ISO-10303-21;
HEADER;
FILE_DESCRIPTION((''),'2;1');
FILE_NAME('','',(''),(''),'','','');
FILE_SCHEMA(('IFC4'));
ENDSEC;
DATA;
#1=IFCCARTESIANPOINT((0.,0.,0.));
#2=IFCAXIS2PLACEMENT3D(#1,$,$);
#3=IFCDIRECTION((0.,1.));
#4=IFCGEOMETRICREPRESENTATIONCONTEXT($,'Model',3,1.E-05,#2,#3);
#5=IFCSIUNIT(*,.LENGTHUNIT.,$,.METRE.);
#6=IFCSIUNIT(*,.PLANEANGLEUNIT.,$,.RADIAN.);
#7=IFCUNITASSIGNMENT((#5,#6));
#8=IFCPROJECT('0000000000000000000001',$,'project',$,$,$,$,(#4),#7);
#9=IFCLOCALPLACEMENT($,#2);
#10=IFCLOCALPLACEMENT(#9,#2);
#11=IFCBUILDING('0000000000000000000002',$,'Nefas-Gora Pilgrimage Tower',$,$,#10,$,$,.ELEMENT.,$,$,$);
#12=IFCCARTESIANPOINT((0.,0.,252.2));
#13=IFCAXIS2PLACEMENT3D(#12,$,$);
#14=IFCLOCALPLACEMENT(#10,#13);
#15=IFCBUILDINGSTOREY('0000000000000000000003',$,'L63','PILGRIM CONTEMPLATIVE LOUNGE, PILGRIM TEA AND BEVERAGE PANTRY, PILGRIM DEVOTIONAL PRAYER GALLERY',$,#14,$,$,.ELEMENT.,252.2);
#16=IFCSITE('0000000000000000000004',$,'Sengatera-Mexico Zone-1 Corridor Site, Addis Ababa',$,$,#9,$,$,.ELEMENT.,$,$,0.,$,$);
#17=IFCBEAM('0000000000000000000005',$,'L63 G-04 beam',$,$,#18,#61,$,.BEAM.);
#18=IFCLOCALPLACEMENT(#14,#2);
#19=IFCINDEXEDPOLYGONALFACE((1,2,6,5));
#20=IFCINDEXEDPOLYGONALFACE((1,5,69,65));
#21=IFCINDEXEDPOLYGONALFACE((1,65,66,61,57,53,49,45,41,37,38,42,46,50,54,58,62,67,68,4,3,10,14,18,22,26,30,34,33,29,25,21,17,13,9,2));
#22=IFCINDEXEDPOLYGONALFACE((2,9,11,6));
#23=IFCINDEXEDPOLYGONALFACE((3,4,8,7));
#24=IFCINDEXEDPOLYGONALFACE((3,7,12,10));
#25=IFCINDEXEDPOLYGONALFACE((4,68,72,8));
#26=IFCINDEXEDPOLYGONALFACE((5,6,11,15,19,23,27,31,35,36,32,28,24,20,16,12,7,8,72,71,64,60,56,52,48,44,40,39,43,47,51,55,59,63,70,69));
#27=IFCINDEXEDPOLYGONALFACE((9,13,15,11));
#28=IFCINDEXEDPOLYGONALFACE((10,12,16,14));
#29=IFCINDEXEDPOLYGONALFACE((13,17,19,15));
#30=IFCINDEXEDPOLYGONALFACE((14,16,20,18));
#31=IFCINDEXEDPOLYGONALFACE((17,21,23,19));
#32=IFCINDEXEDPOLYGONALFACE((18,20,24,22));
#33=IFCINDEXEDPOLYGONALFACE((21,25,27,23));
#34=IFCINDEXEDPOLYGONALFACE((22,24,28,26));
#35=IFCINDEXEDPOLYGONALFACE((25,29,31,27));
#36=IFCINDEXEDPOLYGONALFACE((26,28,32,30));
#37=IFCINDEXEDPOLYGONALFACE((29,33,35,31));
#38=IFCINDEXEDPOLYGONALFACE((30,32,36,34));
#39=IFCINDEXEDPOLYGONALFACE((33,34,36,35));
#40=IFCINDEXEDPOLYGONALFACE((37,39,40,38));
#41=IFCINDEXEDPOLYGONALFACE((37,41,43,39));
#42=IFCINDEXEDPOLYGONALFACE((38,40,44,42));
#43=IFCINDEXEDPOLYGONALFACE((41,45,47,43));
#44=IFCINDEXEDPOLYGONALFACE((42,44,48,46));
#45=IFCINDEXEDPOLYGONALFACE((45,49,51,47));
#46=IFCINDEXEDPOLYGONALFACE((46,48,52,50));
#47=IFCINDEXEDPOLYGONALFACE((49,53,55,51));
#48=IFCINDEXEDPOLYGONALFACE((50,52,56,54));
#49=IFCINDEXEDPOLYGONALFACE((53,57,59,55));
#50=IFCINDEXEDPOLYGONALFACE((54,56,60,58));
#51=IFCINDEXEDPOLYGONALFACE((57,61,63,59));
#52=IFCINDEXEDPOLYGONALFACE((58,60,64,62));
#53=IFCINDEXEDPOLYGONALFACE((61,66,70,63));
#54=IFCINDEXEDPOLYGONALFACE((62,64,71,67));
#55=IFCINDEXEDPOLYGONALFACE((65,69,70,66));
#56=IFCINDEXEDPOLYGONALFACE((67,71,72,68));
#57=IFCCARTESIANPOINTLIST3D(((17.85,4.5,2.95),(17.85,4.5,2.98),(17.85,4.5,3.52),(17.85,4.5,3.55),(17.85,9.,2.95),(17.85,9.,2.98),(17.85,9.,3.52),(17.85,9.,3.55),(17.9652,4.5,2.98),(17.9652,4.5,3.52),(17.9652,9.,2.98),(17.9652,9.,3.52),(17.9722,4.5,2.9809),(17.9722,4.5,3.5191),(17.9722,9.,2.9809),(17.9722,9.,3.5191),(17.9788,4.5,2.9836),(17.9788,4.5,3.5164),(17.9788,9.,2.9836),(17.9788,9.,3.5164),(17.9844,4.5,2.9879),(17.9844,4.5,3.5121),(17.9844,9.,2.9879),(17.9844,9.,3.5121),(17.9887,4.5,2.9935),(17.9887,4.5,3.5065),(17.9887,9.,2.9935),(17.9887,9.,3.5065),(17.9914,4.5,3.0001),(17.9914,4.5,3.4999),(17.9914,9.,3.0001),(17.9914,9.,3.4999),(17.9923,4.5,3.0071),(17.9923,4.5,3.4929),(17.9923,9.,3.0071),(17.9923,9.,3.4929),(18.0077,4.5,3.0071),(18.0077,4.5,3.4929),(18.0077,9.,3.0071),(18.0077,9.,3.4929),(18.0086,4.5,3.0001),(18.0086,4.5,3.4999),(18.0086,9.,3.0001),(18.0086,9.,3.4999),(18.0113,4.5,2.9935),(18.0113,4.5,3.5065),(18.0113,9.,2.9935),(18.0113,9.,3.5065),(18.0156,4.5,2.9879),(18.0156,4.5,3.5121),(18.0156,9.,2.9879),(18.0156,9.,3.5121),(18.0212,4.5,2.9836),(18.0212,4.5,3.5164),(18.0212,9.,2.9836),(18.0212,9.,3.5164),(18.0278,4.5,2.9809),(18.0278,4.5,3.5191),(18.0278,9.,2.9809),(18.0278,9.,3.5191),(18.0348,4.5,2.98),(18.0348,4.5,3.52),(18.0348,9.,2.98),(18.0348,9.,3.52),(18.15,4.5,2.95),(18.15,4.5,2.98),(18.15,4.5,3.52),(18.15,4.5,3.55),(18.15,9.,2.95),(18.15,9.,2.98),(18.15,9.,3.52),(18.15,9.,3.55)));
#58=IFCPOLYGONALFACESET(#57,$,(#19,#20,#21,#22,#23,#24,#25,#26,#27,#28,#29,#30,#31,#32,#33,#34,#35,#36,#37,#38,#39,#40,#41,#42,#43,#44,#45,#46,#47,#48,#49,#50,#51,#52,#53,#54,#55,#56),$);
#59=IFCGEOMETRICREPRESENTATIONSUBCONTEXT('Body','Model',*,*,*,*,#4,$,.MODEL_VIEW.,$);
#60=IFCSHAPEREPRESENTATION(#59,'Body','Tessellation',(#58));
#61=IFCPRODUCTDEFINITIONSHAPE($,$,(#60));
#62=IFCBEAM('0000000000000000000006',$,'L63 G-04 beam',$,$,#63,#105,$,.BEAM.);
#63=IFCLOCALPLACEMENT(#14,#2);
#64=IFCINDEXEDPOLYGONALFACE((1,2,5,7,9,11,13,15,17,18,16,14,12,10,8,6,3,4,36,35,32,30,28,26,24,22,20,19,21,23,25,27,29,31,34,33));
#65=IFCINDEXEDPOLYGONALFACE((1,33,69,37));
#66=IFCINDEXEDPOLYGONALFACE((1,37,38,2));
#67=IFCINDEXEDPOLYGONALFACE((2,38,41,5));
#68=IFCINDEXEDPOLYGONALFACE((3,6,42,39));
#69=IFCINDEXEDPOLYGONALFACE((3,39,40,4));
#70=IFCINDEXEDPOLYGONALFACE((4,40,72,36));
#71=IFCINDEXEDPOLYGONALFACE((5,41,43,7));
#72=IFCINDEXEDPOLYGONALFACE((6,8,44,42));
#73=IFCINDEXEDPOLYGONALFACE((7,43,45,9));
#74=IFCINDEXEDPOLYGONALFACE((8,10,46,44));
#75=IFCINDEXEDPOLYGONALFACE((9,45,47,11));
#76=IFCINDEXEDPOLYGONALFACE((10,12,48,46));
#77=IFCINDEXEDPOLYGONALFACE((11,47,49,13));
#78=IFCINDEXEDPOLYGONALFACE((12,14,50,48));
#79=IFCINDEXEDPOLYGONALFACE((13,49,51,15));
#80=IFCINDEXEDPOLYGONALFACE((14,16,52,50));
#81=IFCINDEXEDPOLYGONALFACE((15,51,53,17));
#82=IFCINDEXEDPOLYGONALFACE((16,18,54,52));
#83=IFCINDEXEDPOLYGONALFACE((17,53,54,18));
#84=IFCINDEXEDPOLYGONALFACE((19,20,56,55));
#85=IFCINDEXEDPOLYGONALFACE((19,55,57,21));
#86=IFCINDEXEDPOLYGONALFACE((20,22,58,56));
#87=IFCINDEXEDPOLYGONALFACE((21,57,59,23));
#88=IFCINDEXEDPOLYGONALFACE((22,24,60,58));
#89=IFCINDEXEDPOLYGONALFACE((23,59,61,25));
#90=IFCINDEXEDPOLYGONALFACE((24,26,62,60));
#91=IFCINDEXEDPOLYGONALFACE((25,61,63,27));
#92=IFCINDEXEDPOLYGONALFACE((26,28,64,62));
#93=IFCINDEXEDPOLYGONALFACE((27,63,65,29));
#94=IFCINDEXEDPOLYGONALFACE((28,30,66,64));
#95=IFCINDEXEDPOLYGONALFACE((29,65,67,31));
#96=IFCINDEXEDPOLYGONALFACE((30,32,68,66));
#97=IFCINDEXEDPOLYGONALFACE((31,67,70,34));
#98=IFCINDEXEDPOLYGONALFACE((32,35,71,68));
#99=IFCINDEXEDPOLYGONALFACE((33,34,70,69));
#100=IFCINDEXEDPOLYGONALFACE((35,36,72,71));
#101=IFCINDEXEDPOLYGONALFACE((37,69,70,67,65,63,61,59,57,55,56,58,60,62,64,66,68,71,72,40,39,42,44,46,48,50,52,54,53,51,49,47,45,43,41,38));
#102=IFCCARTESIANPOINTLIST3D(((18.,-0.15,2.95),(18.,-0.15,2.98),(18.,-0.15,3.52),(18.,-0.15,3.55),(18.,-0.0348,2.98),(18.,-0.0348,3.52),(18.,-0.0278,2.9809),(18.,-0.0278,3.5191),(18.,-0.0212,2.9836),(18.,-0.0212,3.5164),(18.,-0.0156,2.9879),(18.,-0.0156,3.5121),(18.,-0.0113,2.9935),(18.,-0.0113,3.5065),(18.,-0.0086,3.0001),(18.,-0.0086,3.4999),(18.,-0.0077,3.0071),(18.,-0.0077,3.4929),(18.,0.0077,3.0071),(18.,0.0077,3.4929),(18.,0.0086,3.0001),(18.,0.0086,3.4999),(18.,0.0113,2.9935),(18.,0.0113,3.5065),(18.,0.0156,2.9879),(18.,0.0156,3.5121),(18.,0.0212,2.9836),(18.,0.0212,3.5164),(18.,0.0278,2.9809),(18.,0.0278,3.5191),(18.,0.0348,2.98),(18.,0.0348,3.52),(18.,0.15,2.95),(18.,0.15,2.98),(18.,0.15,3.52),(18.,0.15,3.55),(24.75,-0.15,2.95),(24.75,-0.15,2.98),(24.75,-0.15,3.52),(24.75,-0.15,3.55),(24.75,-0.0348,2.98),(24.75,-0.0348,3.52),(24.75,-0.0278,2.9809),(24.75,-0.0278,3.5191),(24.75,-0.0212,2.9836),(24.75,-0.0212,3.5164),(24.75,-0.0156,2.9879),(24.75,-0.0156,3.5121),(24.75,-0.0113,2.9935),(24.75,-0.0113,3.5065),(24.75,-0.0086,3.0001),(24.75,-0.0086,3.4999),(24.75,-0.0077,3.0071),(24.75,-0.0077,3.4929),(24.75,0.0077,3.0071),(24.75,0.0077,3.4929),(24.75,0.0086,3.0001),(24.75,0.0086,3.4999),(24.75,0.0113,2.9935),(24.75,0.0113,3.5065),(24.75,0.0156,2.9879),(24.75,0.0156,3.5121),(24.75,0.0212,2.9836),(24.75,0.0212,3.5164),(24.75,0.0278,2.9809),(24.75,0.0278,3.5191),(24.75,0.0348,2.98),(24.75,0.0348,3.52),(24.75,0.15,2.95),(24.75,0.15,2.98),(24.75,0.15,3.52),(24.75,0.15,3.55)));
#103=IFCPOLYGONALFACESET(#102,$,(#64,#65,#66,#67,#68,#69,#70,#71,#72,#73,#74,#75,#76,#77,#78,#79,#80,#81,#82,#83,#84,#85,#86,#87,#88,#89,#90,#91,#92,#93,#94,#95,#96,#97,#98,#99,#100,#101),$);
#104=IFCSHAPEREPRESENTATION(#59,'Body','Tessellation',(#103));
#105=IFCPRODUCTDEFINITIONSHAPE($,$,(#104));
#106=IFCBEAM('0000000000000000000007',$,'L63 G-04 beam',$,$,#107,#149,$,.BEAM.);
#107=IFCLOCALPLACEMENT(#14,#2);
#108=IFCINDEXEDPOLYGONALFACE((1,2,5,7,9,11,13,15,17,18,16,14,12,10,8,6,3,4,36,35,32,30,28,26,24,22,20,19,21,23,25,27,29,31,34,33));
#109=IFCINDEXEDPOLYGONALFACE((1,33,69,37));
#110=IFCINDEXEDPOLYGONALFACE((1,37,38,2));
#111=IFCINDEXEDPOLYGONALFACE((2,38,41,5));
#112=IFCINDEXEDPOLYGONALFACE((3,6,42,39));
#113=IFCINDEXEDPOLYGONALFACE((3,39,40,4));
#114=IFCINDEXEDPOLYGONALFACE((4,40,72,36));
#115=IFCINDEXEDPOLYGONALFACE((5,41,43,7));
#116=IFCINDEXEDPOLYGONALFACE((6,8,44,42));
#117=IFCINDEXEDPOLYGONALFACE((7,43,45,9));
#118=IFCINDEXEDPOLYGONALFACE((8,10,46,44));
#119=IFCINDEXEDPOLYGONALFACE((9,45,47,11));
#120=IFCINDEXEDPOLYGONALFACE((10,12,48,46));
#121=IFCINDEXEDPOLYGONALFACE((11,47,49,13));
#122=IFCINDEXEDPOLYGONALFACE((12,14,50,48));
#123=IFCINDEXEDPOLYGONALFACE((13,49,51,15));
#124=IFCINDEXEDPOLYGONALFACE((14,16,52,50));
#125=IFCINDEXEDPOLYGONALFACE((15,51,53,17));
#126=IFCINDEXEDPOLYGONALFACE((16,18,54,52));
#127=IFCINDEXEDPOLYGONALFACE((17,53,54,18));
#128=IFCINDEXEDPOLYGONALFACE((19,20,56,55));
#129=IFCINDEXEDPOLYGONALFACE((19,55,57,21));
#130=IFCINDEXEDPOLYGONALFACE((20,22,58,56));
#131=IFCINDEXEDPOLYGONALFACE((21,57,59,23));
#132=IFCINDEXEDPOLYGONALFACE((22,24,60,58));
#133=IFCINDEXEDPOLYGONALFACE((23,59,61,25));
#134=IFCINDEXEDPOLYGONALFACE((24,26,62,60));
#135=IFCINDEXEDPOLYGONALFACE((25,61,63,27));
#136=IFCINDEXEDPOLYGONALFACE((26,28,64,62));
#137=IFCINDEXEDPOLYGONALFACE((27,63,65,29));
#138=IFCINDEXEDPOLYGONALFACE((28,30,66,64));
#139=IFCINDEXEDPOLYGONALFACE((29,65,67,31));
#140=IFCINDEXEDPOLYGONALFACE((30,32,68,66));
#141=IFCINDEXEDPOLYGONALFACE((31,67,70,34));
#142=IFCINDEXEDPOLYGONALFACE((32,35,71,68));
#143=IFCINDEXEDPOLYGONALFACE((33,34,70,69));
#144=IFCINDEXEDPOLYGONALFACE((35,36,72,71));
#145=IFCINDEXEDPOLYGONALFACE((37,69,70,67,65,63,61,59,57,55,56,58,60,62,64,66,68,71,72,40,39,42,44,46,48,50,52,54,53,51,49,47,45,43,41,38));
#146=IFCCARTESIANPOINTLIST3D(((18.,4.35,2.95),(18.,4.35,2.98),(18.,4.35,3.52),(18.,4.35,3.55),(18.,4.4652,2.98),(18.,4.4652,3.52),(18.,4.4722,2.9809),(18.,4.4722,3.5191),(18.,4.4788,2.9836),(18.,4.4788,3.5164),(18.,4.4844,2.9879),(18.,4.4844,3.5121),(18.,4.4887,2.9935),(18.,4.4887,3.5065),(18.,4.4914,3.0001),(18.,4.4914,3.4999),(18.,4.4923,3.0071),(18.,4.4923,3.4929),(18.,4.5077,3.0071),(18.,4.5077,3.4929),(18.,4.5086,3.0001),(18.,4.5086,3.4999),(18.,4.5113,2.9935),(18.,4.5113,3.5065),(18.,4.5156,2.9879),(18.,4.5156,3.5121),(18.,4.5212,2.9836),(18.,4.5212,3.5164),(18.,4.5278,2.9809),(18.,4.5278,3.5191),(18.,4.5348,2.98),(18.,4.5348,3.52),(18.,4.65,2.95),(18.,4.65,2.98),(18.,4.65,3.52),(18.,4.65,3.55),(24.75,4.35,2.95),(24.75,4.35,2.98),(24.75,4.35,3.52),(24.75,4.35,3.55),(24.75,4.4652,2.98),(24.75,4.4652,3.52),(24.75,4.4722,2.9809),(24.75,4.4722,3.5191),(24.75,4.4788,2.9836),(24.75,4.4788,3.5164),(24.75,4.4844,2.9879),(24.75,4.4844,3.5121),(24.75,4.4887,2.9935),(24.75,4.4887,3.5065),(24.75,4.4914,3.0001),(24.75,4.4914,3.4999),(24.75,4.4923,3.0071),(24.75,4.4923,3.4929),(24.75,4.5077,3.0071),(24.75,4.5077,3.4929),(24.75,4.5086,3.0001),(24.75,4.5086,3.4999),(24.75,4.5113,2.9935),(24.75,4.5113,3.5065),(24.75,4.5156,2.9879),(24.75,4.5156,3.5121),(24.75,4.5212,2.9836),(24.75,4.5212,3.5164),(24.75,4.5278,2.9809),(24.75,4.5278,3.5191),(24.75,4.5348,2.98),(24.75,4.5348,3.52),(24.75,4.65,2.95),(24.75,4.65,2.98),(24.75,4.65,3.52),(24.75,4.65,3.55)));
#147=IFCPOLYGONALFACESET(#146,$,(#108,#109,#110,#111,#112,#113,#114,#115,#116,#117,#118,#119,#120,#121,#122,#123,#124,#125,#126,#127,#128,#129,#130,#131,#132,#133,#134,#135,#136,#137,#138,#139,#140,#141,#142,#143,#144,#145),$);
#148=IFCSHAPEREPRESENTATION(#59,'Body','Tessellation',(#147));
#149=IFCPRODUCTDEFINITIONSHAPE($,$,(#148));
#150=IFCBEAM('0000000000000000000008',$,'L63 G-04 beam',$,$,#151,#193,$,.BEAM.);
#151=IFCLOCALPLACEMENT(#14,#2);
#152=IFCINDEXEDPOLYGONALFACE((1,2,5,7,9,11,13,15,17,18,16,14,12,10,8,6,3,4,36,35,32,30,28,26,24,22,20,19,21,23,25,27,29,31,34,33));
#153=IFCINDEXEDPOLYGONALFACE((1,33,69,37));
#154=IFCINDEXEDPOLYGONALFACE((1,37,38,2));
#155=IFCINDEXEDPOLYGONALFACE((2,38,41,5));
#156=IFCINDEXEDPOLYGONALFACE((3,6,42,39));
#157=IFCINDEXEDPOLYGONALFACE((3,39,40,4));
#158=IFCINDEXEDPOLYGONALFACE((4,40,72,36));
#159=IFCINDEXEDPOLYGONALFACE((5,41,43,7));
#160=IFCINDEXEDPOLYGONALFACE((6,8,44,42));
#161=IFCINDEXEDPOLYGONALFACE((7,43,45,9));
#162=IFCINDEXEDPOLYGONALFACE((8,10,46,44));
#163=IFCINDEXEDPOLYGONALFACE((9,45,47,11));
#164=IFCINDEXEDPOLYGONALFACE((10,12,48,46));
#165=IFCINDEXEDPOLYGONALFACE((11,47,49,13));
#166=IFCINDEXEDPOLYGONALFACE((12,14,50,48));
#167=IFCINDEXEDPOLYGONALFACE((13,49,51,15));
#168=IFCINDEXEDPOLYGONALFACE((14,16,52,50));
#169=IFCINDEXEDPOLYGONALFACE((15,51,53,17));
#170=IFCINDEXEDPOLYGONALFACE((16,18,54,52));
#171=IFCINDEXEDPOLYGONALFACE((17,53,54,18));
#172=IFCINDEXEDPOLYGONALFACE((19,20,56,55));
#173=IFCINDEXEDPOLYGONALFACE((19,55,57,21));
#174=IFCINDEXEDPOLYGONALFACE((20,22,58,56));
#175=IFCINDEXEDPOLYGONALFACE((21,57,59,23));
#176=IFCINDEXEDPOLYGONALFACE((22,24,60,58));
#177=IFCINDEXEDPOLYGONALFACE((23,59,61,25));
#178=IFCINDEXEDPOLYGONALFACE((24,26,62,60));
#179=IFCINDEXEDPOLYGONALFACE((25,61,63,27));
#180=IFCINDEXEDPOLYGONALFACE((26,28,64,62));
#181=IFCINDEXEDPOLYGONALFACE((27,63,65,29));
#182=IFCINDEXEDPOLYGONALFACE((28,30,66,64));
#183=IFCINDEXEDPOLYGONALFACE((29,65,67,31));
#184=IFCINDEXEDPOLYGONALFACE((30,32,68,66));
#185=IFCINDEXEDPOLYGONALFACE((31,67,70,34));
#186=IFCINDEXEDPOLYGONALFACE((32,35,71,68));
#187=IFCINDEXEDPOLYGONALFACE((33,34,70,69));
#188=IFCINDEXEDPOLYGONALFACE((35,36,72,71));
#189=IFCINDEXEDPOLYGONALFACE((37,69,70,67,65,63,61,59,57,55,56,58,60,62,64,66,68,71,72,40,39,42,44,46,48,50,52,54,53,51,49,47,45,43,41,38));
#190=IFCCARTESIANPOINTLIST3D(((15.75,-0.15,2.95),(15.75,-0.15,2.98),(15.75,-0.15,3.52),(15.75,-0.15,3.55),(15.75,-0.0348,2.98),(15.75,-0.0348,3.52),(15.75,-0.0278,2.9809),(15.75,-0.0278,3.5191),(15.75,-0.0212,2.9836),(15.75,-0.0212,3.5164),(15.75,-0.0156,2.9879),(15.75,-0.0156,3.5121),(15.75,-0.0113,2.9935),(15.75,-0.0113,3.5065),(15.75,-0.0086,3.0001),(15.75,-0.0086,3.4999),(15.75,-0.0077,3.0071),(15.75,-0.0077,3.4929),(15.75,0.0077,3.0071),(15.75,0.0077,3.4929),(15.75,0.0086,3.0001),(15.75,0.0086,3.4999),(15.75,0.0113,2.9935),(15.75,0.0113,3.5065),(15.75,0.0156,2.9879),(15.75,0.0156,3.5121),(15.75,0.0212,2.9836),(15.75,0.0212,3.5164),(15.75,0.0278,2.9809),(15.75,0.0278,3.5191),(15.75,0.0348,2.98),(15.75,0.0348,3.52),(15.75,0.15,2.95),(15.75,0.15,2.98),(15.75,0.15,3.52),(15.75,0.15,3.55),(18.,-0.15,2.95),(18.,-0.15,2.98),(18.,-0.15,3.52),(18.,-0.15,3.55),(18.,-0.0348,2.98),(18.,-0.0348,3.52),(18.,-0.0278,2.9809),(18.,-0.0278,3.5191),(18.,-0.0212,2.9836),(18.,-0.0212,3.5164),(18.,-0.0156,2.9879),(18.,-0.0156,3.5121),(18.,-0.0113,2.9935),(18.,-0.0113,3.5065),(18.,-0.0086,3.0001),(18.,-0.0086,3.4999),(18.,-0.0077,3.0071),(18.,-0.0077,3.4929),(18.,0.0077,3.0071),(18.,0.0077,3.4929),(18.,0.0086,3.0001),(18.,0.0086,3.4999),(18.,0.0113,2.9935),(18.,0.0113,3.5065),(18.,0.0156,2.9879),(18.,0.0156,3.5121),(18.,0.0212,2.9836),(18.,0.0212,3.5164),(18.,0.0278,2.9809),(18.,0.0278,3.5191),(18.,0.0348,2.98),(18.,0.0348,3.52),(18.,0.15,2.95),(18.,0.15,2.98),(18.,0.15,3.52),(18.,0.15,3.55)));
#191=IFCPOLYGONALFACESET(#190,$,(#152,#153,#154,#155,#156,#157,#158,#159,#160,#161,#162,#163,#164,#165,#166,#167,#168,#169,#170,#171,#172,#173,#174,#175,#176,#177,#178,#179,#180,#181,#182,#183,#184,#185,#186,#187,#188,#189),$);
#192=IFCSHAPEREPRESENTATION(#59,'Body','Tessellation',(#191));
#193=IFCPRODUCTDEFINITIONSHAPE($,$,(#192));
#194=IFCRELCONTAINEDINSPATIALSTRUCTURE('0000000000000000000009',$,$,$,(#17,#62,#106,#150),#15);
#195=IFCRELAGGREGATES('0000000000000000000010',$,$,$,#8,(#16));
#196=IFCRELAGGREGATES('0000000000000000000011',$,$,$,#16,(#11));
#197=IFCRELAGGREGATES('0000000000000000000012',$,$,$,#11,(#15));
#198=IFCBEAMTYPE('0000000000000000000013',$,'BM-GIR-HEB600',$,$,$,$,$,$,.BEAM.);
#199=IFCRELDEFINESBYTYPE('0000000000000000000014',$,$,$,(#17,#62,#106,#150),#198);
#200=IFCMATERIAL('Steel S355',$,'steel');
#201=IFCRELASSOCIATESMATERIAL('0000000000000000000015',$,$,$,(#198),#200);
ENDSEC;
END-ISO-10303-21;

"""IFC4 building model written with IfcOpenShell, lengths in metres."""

from ifc_helpers import new_model, si_unit, direction, frame, origin, origin_2d, place, context, subcontext, project, spatial, i_section, extrude, source, transform, mapped, material, material_profile, profile_set, type_object, element, save


model = new_model("IFC4")

# Units and contexts
model_context = context("Model", 3, precision=1e-05, world=origin(), true_north=direction((0.0, 1.0)))
body_context = subcontext(model_context, "Body", "Model", "MODEL_VIEW")
ifc_project = project(units=[si_unit("LENGTHUNIT", "METRE"), si_unit("PLANEANGLEUNIT", "RADIAN")], contexts=[model_context])

# Site, building, storey
site_placement = place(None, origin())
site = spatial("IfcSite", under=ifc_project, at=site_placement, Name="Sengatera-Mexico Zone-1 Corridor Site, Addis Ababa", CompositionType="ELEMENT", RefElevation=0.0)
building_placement = place(site_placement, origin())
building = spatial("IfcBuilding", under=site, at=building_placement, Name="Nefas-Gora Pilgrimage Tower", CompositionType="ELEMENT")
storey_placement = place(building_placement, frame((0.0, 0.0, 252.2)))
storey = spatial("IfcBuildingStorey", under=building, at=storey_placement, Name="L63", Description="PILGRIM CONTEMPLATIVE LOUNGE, PILGRIM TEA AND BEVERAGE PANTRY, PILGRIM DEVOTIONAL PRAYER GALLERY", CompositionType="ELEMENT", Elevation=252.2)

# Beams
ifc_material_1 = material(Name="Steel S355", Category="steel")
ifc_material_profile_1 = material_profile(ifc_material_1, i_section(OverallWidth=0.3, OverallDepth=0.6001, WebThickness=0.0154, FlangeThickness=0.03, FilletRadius=0.0271, at=origin_2d()), Name="HEB 600")
ifc_profile_set_1 = profile_set([ifc_material_profile_1], Name="Steel S355")
beam_type_1 = type_object("IfcBeamType", Name="BM-GIR-HEB600", PredefinedType="BEAM", material=ifc_profile_set_1)
shared_shape_1 = source(origin(), body_context, "Body", "SweptSolid", [
    extrude(i_section(OverallWidth=0.3, OverallDepth=0.6001, WebThickness=0.0154, FlangeThickness=0.03, FilletRadius=0.0271, at=origin_2d()), origin(), (0.0, 0.0, 1.0), 4.5),
])
for number, where, z_axis, x_axis, name in (
    (1, (18.0, 4.5, 3.25), (0.0, 1.0, 0.0), (-1.0, 0.0, 0.0), "L63 G-04 beam"),
):
    element("IfcBeam", number, at=place(storey_placement, frame(where, z_axis=z_axis, x_axis=x_axis)), inside=storey, type_object=beam_type_1, Name=name, PredefinedType="BEAM", context=body_context, shape_type="MappedRepresentation", body=[
        mapped(shared_shape_1, transform((0.0, 0.0, 0.0), x_axis=(1.0, 0.0, 0.0), y_axis=(0.0, 1.0, 0.0), z_axis=(0.0, 0.0, 1.0), scale=1.0)),
    ])
shared_shape_2 = source(origin(), body_context, "Body", "SweptSolid", [
    extrude(i_section(OverallWidth=0.3, OverallDepth=0.6001, WebThickness=0.0154, FlangeThickness=0.03, FilletRadius=0.0271, at=origin_2d()), origin(), (0.0, 0.0, 1.0), 6.75),
])
for number, where, z_axis, x_axis, name in (
    (2, (18.0, 0.0, 3.25), (1.0, 0.0, 0.0), (0.0, 1.0, 0.0), "L63 G-04 beam"),
    (3, (18.0, 4.5, 3.25), (1.0, 0.0, 0.0), (0.0, 1.0, 0.0), "L63 G-04 beam"),
):
    element("IfcBeam", number, at=place(storey_placement, frame(where, z_axis=z_axis, x_axis=x_axis)), inside=storey, type_object=beam_type_1, Name=name, PredefinedType="BEAM", context=body_context, shape_type="MappedRepresentation", body=[
        mapped(shared_shape_2, transform((0.0, 0.0, 0.0), x_axis=(1.0, 0.0, 0.0), y_axis=(0.0, 1.0, 0.0), z_axis=(0.0, 0.0, 1.0), scale=1.0)),
    ])
shared_shape_3 = source(origin(), body_context, "Body", "SweptSolid", [
    extrude(i_section(OverallWidth=0.3, OverallDepth=0.6001, WebThickness=0.0154, FlangeThickness=0.03, FilletRadius=0.0271, at=origin_2d()), origin(), (0.0, 0.0, 1.0), 2.25),
])
for number, where, z_axis, x_axis, name in (
    (4, (15.75, 0.0, 3.25), (1.0, 0.0, 0.0), (0.0, 1.0, 0.0), "L63 G-04 beam"),
):
    element("IfcBeam", number, at=place(storey_placement, frame(where, z_axis=z_axis, x_axis=x_axis)), inside=storey, type_object=beam_type_1, Name=name, PredefinedType="BEAM", context=body_context, shape_type="MappedRepresentation", body=[
        mapped(shared_shape_3, transform((0.0, 0.0, 0.0), x_axis=(1.0, 0.0, 0.0), y_axis=(0.0, 1.0, 0.0), z_axis=(0.0, 0.0, 1.0), scale=1.0)),
    ])

save(model, "model.ifc")
